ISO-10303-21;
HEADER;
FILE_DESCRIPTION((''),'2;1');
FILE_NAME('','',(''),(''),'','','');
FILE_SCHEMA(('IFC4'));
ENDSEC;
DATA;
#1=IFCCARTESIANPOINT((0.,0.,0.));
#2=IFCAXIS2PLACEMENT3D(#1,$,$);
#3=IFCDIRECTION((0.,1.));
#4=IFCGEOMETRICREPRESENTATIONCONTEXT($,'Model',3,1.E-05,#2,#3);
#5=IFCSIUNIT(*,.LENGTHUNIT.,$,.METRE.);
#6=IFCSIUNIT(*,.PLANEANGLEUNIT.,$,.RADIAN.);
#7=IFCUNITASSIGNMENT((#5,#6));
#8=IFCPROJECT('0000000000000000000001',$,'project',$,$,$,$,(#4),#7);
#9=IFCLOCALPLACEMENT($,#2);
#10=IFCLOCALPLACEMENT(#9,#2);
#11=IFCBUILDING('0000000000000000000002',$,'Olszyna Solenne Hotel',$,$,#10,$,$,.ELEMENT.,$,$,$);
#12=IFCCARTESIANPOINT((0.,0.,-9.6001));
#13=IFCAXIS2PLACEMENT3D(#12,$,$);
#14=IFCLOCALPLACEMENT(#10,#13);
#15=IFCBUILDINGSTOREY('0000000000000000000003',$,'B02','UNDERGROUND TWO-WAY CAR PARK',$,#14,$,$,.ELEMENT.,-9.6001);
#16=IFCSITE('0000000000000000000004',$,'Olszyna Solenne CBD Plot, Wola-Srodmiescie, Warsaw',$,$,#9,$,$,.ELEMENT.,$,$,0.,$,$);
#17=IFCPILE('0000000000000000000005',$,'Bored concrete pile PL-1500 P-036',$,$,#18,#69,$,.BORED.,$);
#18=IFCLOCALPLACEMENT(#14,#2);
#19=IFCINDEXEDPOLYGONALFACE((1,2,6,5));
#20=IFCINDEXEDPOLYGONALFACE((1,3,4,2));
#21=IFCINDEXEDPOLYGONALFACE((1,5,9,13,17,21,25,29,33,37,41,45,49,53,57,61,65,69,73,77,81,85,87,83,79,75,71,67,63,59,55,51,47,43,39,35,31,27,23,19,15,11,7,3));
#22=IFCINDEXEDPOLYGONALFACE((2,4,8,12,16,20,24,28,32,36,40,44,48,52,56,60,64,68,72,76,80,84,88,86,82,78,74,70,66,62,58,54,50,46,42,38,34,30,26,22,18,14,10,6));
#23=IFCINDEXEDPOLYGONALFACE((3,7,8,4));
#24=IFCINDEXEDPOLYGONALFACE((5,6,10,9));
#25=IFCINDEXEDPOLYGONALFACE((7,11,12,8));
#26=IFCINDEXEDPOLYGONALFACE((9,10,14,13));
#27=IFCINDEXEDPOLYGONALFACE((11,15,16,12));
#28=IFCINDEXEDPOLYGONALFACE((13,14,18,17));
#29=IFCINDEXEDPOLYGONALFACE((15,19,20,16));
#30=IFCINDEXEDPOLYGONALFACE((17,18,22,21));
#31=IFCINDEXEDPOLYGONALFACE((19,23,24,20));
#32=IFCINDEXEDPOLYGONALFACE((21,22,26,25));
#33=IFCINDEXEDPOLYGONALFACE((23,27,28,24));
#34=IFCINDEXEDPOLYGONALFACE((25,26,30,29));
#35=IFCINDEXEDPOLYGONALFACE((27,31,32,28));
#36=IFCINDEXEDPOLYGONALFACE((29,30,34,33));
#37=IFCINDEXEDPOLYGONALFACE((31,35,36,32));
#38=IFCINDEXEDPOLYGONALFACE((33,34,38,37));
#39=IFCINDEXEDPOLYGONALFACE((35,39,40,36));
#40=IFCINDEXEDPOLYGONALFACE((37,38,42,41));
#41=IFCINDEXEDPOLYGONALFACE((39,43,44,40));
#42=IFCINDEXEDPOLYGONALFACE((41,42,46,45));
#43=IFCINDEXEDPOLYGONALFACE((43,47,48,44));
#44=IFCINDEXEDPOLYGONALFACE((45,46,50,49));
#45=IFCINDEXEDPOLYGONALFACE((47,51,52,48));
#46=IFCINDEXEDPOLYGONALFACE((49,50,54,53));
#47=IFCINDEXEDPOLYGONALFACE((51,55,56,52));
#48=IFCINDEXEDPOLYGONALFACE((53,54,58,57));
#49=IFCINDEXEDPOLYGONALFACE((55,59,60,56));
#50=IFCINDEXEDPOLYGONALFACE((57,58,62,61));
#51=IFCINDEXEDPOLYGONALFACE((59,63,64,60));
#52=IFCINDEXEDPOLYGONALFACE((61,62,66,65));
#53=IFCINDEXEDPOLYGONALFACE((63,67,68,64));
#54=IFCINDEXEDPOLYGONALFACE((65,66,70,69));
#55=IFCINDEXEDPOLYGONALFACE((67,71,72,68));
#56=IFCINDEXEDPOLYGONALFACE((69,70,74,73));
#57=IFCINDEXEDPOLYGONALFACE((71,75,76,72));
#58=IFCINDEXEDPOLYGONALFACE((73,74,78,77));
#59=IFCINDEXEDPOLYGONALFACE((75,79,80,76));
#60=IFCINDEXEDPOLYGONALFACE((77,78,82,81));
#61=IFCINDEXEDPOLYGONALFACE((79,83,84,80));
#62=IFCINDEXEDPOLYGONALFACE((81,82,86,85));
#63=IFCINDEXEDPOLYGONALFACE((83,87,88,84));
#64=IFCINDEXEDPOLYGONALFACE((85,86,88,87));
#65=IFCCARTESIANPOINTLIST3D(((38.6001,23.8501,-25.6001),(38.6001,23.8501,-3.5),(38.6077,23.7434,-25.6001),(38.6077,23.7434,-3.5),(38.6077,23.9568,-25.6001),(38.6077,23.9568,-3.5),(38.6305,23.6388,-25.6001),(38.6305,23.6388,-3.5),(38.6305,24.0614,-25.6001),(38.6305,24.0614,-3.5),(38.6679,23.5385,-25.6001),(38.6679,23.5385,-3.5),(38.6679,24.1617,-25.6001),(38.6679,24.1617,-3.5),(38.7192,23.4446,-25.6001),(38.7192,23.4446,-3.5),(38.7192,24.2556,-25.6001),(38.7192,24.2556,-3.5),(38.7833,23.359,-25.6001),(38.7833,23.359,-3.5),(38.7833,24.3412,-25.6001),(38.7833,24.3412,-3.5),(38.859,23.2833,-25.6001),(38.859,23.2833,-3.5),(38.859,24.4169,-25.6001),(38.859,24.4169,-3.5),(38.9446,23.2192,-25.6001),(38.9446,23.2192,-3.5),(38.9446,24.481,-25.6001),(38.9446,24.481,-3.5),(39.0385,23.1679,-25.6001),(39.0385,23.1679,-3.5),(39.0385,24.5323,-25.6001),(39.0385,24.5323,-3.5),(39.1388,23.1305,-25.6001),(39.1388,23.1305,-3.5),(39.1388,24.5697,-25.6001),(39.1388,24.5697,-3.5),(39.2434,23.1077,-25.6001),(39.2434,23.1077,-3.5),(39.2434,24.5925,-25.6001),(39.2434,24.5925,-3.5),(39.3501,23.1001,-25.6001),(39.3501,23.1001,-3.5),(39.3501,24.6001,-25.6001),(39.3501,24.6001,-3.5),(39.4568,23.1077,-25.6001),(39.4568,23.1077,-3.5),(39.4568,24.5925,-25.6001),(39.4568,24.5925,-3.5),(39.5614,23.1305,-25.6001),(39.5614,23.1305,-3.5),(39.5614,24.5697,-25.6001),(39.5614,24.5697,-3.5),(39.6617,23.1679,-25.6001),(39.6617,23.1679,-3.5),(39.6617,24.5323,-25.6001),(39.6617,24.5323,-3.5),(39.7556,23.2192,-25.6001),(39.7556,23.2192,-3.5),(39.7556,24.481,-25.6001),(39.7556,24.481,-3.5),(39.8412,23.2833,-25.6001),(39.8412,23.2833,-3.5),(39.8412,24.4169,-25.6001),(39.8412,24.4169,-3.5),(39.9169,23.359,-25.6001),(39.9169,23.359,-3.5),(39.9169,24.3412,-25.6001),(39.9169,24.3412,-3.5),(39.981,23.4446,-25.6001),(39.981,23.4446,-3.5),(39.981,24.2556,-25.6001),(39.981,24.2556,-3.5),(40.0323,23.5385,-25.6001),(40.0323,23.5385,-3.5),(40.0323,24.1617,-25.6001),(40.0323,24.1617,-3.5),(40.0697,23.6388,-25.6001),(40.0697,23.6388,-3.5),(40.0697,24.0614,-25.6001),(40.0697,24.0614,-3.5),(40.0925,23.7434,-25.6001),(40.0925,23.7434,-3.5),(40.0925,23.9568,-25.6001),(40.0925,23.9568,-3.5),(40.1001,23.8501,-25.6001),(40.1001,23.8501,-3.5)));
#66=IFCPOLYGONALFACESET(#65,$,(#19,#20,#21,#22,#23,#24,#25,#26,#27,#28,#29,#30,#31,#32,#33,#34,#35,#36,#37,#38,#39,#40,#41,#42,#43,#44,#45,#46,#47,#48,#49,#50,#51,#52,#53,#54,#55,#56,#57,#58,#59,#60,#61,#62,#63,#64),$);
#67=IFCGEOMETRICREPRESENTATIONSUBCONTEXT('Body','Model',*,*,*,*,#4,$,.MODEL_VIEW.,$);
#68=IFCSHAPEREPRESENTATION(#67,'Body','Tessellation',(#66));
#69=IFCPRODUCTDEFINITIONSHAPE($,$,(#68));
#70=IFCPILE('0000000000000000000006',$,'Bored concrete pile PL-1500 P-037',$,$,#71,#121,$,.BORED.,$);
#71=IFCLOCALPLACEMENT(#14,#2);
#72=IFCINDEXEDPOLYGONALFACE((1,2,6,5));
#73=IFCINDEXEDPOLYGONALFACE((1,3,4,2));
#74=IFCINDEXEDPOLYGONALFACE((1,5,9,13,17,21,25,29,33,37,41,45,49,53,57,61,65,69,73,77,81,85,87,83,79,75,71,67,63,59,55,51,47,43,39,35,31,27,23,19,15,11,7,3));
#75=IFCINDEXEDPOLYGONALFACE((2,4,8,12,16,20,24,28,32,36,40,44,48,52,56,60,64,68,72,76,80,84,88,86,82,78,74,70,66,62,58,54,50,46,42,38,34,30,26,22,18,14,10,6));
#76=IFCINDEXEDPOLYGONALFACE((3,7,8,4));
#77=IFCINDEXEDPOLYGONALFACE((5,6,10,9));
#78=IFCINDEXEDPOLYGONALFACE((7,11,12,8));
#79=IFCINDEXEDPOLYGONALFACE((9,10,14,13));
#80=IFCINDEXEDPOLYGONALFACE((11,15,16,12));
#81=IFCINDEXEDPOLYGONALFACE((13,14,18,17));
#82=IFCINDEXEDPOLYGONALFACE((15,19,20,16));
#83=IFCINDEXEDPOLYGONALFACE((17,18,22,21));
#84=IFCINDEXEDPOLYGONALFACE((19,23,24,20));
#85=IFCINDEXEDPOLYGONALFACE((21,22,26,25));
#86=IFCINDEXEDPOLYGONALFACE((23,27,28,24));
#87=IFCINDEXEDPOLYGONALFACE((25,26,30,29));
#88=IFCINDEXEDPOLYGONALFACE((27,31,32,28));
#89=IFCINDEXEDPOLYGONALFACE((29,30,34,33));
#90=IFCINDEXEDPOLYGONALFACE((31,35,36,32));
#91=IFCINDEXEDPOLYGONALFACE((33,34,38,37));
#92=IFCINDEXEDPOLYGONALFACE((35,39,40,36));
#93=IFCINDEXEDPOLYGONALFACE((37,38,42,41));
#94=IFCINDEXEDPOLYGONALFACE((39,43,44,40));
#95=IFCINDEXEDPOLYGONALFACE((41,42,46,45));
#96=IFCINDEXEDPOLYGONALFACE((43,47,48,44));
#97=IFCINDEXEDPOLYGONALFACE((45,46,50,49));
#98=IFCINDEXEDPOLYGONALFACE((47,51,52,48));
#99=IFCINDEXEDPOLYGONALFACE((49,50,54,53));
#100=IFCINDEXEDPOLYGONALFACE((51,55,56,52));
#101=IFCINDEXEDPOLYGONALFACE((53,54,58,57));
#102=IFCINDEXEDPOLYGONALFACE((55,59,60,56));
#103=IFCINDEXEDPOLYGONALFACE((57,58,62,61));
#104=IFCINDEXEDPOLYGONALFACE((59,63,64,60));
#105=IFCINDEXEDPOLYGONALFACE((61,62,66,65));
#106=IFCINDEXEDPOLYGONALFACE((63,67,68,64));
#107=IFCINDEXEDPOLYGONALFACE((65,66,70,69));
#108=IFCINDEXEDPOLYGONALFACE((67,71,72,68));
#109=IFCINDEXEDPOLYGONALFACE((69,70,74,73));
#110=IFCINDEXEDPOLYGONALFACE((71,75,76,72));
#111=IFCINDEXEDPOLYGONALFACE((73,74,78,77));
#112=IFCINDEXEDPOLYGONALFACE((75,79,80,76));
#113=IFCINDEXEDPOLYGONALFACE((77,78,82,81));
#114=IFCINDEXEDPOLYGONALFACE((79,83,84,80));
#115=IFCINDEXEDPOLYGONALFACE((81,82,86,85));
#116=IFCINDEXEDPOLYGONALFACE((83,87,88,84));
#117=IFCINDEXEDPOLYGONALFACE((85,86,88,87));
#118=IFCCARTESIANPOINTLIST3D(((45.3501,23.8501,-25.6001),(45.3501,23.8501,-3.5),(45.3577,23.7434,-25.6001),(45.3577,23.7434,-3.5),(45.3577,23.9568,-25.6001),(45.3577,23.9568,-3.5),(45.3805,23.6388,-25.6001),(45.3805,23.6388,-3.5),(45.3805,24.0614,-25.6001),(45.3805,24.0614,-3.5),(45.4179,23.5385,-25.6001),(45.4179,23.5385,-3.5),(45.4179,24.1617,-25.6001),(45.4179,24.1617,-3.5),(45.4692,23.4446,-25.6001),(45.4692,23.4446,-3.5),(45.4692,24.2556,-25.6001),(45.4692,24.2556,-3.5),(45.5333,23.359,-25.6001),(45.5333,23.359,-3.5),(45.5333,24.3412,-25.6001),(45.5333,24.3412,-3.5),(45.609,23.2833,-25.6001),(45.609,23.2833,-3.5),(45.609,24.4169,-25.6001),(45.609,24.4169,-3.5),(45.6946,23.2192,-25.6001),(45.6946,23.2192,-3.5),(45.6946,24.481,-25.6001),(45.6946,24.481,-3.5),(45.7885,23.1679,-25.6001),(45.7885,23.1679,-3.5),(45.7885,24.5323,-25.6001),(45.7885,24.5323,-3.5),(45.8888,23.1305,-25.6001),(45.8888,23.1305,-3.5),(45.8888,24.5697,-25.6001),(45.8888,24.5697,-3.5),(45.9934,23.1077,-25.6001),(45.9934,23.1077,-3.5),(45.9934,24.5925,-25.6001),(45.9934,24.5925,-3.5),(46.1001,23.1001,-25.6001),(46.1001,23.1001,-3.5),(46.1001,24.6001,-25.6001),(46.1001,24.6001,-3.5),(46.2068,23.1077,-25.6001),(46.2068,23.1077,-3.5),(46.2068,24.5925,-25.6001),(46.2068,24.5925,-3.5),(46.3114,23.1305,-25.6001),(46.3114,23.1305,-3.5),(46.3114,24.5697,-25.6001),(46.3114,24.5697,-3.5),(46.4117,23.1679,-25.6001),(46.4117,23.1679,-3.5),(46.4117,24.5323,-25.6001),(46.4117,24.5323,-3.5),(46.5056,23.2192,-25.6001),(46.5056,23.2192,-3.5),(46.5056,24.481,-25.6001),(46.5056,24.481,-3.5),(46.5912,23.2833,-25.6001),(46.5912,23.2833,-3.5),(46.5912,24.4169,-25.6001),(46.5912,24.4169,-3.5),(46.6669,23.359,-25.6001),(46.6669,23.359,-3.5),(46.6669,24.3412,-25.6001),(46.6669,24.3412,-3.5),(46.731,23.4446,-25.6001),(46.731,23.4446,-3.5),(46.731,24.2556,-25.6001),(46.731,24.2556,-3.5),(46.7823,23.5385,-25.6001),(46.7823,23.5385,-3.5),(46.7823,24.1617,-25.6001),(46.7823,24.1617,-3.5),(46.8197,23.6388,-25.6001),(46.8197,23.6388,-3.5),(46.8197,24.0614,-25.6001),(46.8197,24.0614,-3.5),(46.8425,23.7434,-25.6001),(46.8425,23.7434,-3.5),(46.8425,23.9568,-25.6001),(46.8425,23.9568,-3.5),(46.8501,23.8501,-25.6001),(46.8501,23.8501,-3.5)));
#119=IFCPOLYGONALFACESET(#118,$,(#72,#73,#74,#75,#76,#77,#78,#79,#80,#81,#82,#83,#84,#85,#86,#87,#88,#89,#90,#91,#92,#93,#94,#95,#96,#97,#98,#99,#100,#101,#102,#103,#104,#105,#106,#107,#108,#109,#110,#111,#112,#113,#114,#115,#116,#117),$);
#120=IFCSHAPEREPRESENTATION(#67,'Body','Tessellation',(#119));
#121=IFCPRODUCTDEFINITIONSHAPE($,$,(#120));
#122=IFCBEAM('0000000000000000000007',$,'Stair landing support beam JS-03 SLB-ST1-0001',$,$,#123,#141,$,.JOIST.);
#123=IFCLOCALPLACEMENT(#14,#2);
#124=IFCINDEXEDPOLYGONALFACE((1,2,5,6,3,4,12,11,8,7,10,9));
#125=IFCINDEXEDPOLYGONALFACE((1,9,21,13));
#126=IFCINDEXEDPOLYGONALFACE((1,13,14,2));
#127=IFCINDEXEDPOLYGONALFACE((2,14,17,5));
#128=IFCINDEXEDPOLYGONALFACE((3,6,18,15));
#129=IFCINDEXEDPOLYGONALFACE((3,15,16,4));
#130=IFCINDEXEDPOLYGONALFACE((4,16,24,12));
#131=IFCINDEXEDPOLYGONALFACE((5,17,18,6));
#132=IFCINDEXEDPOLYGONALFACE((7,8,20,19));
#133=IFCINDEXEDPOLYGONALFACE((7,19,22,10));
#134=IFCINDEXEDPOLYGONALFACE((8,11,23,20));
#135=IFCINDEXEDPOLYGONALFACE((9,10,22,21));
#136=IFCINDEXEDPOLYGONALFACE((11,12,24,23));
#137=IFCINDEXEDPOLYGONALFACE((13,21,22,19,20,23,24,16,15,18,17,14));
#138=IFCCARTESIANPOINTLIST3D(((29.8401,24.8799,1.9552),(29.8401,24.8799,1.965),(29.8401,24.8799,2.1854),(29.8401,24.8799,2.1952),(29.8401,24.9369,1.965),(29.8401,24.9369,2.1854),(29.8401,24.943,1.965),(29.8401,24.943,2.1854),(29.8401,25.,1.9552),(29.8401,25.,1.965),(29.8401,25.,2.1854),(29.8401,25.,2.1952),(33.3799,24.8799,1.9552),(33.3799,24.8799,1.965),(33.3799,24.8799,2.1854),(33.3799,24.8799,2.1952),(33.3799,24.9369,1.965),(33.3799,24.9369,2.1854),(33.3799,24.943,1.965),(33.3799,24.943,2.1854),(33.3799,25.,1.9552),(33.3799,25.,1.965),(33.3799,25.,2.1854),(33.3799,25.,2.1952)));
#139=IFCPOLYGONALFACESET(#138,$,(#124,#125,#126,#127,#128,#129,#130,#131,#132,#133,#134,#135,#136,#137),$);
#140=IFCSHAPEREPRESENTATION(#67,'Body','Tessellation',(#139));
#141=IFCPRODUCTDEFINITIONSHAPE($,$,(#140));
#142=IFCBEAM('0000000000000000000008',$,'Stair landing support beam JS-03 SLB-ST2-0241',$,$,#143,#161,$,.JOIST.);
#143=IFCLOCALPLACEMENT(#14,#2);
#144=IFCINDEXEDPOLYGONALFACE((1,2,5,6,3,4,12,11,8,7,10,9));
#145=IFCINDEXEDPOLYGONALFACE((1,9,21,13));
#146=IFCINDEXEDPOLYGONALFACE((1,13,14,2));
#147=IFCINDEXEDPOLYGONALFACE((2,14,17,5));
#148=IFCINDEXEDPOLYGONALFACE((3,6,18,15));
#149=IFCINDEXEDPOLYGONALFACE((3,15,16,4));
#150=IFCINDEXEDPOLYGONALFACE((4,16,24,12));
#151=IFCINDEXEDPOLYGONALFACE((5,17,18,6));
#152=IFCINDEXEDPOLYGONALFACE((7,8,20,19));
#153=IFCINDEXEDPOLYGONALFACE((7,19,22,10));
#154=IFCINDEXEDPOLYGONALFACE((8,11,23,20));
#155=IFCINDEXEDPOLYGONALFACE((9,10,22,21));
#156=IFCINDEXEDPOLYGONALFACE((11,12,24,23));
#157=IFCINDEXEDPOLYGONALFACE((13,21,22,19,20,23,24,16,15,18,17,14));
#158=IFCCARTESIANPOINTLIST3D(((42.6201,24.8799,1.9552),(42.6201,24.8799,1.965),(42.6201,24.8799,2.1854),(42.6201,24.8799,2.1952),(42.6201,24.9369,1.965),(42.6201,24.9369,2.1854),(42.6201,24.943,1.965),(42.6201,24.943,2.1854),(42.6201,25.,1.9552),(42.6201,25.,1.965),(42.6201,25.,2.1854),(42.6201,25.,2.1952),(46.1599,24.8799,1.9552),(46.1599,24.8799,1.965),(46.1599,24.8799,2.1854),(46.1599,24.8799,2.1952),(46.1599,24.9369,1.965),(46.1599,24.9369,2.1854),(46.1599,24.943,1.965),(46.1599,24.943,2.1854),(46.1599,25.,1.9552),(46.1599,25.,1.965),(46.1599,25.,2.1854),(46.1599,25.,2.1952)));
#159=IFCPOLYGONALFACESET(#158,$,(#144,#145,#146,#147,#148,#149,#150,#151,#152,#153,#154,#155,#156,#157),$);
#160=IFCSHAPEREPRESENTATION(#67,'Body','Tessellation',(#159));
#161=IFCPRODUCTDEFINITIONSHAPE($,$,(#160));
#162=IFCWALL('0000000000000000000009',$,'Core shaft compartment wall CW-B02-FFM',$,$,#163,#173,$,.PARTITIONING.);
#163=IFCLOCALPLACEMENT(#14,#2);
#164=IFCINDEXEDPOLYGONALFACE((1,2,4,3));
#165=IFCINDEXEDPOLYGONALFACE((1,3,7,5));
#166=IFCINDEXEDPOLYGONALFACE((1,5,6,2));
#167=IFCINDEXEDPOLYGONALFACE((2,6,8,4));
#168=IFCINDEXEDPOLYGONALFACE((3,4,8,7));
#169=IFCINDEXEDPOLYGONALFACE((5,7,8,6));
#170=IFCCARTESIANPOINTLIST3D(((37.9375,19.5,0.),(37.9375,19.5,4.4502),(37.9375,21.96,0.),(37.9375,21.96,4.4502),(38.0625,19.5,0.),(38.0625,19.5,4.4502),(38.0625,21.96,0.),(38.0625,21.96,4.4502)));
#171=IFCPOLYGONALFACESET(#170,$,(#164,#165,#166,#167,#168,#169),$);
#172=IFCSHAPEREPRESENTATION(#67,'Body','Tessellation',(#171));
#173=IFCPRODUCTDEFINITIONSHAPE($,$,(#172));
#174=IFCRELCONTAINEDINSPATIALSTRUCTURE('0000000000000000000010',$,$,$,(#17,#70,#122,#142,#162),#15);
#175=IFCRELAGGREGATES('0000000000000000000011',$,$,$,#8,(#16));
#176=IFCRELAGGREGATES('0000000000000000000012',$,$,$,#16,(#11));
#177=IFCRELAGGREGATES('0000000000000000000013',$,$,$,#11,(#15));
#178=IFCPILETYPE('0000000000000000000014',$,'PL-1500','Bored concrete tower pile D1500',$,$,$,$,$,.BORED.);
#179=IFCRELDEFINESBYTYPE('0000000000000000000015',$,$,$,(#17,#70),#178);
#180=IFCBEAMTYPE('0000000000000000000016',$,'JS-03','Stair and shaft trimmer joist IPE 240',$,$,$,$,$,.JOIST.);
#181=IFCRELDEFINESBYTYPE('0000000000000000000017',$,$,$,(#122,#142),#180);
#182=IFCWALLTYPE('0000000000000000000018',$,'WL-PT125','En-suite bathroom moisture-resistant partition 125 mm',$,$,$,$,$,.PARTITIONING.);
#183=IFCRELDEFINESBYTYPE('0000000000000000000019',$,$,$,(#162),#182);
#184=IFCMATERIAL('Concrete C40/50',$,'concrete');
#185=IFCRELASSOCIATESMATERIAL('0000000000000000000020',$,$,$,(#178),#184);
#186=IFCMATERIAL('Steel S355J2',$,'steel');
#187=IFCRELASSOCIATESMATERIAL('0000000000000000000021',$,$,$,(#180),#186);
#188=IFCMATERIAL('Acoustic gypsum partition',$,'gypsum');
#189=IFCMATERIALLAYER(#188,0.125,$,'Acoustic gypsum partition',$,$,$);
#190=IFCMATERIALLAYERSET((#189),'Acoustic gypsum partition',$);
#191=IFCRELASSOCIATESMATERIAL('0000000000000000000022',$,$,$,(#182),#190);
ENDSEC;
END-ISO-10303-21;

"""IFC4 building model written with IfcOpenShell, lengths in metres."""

from ifc_helpers import new_model, si_unit, direction, frame, frame_2d, origin, origin_2d, place, context, subcontext, project, spatial, rectangle, circle, i_section, extrude, source, transform, mapped, material, layer, layer_set, material_profile, profile_set, type_object, element, save


model = new_model("IFC4")

# Units and contexts
model_context = context("Model", 3, precision=1e-05, world=origin(), true_north=direction((0.0, 1.0)))
body_context = subcontext(model_context, "Body", "Model", "MODEL_VIEW")
ifc_project = project(units=[si_unit("LENGTHUNIT", "METRE"), si_unit("PLANEANGLEUNIT", "RADIAN")], contexts=[model_context])

# Site, building, storey
site_placement = place(None, origin())
site = spatial("IfcSite", under=ifc_project, at=site_placement, Name="Olszyna Solenne CBD Plot, Wola-Srodmiescie, Warsaw", CompositionType="ELEMENT", RefElevation=0.0)
building_placement = place(site_placement, origin())
building = spatial("IfcBuilding", under=site, at=building_placement, Name="Olszyna Solenne Hotel", CompositionType="ELEMENT")
storey_placement = place(building_placement, frame((0.0, 0.0, -9.6001)))
storey = spatial("IfcBuildingStorey", under=building, at=storey_placement, Name="B02", Description="UNDERGROUND TWO-WAY CAR PARK", CompositionType="ELEMENT", Elevation=-9.6001)

# Piles
ifc_material_1 = material(Name="Concrete C40/50", Category="concrete")
ifc_material_profile_1 = material_profile(ifc_material_1, circle(Radius=0.75, at=origin_2d()), Name="BORED PILE 1500", Category="load-bearing")
ifc_profile_set_1 = profile_set([ifc_material_profile_1], Name="Concrete C40/50")
pile_type = type_object("IfcPileType", Name="PL-1500", Description="Bored concrete tower pile D1500", PredefinedType="BORED", material=ifc_profile_set_1)
shared_shape_1 = source(origin(), body_context, "Body", "SweptSolid", [
    extrude(circle(Radius=0.75, at=origin_2d()), origin(), (0.0, 0.0, 1.0), 22.1001),
])
for number, where, z_axis, x_axis, name in (
    (1, (39.3501, 23.8501, -3.5), (0.0, 0.0, -1.0), (1.0, 0.0, 0.0), "Bored concrete pile PL-1500 P-036"),
    (2, (46.1001, 23.8501, -3.5), (0.0, 0.0, -1.0), (1.0, 0.0, 0.0), "Bored concrete pile PL-1500 P-037"),
):
    element("IfcPile", number, at=place(storey_placement, frame(where, z_axis=z_axis, x_axis=x_axis)), inside=storey, type_object=pile_type, Name=name, PredefinedType="BORED", context=body_context, shape_type="MappedRepresentation", body=[
        mapped(shared_shape_1, transform((0.0, 0.0, 0.0), x_axis=(1.0, 0.0, 0.0), y_axis=(0.0, 1.0, 0.0), z_axis=(0.0, 0.0, 1.0), scale=1.0)),
    ])

# Beams
ifc_material_2 = material(Name="Steel S355J2", Category="steel")
ifc_material_profile_2 = material_profile(ifc_material_2, i_section(OverallWidth=0.1201, OverallDepth=0.24, WebThickness=0.0061, FlangeThickness=0.0098, at=origin_2d()), Name="IPE 240", Category="load-bearing")
ifc_profile_set_2 = profile_set([ifc_material_profile_2], Name="Steel S355J2")
beam_type = type_object("IfcBeamType", Name="JS-03", Description="Stair and shaft trimmer joist IPE 240", PredefinedType="JOIST", material=ifc_profile_set_2)
shared_shape_2 = source(origin(), body_context, "Body", "SweptSolid", [
    extrude(i_section(OverallWidth=0.1201, OverallDepth=0.24, WebThickness=0.0061, FlangeThickness=0.0098, at=origin_2d()), origin(), (0.0, 0.0, 1.0), 3.5398),
])
for number, where, z_axis, x_axis, name in (
    (3, (33.3799, 24.9399, 2.0752), (-1.0, 0.0, 0.0), (0.0, -1.0, 0.0), "Stair landing support beam JS-03 SLB-ST1-0001"),
    (4, (46.1599, 24.9399, 2.0752), (-1.0, 0.0, 0.0), (0.0, -1.0, 0.0), "Stair landing support beam JS-03 SLB-ST2-0241"),
):
    element("IfcBeam", number, at=place(storey_placement, frame(where, z_axis=z_axis, x_axis=x_axis)), inside=storey, type_object=beam_type, Name=name, PredefinedType="JOIST", context=body_context, shape_type="MappedRepresentation", body=[
        mapped(shared_shape_2, transform((0.0, 0.0, 0.0), x_axis=(1.0, 0.0, 0.0), y_axis=(0.0, 1.0, 0.0), z_axis=(0.0, 0.0, 1.0), scale=1.0)),
    ])

# Wall
ifc_material_3 = material(Name="Acoustic gypsum partition", Category="gypsum")
ifc_layer_1 = layer(ifc_material_3, 0.125, Name="Acoustic gypsum partition")
ifc_layer_set_1 = layer_set([ifc_layer_1], Name="Acoustic gypsum partition")
wall_type_1 = type_object("IfcWallType", Name="WL-PT125", Description="En-suite bathroom moisture-resistant partition 125 mm", PredefinedType="PARTITIONING", material=ifc_layer_set_1)
wall_1_placement = place(storey_placement, frame((38.0, 19.5, 0.0), z_axis=(0.0, 0.0, 1.0), x_axis=(0.0, 1.0, 0.0)))
element("IfcWall", 5, at=wall_1_placement, inside=storey, type_object=wall_type_1, Name="Core shaft compartment wall CW-B02-FFM", PredefinedType="PARTITIONING", context=body_context, shape_type="SweptSolid", body=[
    extrude(rectangle(XDim=2.46, YDim=0.125, at=frame_2d((1.23, 0.0))), origin(), (0.0, 0.0, 1.0), 4.4502),
])

save(model, "model.ifc")
